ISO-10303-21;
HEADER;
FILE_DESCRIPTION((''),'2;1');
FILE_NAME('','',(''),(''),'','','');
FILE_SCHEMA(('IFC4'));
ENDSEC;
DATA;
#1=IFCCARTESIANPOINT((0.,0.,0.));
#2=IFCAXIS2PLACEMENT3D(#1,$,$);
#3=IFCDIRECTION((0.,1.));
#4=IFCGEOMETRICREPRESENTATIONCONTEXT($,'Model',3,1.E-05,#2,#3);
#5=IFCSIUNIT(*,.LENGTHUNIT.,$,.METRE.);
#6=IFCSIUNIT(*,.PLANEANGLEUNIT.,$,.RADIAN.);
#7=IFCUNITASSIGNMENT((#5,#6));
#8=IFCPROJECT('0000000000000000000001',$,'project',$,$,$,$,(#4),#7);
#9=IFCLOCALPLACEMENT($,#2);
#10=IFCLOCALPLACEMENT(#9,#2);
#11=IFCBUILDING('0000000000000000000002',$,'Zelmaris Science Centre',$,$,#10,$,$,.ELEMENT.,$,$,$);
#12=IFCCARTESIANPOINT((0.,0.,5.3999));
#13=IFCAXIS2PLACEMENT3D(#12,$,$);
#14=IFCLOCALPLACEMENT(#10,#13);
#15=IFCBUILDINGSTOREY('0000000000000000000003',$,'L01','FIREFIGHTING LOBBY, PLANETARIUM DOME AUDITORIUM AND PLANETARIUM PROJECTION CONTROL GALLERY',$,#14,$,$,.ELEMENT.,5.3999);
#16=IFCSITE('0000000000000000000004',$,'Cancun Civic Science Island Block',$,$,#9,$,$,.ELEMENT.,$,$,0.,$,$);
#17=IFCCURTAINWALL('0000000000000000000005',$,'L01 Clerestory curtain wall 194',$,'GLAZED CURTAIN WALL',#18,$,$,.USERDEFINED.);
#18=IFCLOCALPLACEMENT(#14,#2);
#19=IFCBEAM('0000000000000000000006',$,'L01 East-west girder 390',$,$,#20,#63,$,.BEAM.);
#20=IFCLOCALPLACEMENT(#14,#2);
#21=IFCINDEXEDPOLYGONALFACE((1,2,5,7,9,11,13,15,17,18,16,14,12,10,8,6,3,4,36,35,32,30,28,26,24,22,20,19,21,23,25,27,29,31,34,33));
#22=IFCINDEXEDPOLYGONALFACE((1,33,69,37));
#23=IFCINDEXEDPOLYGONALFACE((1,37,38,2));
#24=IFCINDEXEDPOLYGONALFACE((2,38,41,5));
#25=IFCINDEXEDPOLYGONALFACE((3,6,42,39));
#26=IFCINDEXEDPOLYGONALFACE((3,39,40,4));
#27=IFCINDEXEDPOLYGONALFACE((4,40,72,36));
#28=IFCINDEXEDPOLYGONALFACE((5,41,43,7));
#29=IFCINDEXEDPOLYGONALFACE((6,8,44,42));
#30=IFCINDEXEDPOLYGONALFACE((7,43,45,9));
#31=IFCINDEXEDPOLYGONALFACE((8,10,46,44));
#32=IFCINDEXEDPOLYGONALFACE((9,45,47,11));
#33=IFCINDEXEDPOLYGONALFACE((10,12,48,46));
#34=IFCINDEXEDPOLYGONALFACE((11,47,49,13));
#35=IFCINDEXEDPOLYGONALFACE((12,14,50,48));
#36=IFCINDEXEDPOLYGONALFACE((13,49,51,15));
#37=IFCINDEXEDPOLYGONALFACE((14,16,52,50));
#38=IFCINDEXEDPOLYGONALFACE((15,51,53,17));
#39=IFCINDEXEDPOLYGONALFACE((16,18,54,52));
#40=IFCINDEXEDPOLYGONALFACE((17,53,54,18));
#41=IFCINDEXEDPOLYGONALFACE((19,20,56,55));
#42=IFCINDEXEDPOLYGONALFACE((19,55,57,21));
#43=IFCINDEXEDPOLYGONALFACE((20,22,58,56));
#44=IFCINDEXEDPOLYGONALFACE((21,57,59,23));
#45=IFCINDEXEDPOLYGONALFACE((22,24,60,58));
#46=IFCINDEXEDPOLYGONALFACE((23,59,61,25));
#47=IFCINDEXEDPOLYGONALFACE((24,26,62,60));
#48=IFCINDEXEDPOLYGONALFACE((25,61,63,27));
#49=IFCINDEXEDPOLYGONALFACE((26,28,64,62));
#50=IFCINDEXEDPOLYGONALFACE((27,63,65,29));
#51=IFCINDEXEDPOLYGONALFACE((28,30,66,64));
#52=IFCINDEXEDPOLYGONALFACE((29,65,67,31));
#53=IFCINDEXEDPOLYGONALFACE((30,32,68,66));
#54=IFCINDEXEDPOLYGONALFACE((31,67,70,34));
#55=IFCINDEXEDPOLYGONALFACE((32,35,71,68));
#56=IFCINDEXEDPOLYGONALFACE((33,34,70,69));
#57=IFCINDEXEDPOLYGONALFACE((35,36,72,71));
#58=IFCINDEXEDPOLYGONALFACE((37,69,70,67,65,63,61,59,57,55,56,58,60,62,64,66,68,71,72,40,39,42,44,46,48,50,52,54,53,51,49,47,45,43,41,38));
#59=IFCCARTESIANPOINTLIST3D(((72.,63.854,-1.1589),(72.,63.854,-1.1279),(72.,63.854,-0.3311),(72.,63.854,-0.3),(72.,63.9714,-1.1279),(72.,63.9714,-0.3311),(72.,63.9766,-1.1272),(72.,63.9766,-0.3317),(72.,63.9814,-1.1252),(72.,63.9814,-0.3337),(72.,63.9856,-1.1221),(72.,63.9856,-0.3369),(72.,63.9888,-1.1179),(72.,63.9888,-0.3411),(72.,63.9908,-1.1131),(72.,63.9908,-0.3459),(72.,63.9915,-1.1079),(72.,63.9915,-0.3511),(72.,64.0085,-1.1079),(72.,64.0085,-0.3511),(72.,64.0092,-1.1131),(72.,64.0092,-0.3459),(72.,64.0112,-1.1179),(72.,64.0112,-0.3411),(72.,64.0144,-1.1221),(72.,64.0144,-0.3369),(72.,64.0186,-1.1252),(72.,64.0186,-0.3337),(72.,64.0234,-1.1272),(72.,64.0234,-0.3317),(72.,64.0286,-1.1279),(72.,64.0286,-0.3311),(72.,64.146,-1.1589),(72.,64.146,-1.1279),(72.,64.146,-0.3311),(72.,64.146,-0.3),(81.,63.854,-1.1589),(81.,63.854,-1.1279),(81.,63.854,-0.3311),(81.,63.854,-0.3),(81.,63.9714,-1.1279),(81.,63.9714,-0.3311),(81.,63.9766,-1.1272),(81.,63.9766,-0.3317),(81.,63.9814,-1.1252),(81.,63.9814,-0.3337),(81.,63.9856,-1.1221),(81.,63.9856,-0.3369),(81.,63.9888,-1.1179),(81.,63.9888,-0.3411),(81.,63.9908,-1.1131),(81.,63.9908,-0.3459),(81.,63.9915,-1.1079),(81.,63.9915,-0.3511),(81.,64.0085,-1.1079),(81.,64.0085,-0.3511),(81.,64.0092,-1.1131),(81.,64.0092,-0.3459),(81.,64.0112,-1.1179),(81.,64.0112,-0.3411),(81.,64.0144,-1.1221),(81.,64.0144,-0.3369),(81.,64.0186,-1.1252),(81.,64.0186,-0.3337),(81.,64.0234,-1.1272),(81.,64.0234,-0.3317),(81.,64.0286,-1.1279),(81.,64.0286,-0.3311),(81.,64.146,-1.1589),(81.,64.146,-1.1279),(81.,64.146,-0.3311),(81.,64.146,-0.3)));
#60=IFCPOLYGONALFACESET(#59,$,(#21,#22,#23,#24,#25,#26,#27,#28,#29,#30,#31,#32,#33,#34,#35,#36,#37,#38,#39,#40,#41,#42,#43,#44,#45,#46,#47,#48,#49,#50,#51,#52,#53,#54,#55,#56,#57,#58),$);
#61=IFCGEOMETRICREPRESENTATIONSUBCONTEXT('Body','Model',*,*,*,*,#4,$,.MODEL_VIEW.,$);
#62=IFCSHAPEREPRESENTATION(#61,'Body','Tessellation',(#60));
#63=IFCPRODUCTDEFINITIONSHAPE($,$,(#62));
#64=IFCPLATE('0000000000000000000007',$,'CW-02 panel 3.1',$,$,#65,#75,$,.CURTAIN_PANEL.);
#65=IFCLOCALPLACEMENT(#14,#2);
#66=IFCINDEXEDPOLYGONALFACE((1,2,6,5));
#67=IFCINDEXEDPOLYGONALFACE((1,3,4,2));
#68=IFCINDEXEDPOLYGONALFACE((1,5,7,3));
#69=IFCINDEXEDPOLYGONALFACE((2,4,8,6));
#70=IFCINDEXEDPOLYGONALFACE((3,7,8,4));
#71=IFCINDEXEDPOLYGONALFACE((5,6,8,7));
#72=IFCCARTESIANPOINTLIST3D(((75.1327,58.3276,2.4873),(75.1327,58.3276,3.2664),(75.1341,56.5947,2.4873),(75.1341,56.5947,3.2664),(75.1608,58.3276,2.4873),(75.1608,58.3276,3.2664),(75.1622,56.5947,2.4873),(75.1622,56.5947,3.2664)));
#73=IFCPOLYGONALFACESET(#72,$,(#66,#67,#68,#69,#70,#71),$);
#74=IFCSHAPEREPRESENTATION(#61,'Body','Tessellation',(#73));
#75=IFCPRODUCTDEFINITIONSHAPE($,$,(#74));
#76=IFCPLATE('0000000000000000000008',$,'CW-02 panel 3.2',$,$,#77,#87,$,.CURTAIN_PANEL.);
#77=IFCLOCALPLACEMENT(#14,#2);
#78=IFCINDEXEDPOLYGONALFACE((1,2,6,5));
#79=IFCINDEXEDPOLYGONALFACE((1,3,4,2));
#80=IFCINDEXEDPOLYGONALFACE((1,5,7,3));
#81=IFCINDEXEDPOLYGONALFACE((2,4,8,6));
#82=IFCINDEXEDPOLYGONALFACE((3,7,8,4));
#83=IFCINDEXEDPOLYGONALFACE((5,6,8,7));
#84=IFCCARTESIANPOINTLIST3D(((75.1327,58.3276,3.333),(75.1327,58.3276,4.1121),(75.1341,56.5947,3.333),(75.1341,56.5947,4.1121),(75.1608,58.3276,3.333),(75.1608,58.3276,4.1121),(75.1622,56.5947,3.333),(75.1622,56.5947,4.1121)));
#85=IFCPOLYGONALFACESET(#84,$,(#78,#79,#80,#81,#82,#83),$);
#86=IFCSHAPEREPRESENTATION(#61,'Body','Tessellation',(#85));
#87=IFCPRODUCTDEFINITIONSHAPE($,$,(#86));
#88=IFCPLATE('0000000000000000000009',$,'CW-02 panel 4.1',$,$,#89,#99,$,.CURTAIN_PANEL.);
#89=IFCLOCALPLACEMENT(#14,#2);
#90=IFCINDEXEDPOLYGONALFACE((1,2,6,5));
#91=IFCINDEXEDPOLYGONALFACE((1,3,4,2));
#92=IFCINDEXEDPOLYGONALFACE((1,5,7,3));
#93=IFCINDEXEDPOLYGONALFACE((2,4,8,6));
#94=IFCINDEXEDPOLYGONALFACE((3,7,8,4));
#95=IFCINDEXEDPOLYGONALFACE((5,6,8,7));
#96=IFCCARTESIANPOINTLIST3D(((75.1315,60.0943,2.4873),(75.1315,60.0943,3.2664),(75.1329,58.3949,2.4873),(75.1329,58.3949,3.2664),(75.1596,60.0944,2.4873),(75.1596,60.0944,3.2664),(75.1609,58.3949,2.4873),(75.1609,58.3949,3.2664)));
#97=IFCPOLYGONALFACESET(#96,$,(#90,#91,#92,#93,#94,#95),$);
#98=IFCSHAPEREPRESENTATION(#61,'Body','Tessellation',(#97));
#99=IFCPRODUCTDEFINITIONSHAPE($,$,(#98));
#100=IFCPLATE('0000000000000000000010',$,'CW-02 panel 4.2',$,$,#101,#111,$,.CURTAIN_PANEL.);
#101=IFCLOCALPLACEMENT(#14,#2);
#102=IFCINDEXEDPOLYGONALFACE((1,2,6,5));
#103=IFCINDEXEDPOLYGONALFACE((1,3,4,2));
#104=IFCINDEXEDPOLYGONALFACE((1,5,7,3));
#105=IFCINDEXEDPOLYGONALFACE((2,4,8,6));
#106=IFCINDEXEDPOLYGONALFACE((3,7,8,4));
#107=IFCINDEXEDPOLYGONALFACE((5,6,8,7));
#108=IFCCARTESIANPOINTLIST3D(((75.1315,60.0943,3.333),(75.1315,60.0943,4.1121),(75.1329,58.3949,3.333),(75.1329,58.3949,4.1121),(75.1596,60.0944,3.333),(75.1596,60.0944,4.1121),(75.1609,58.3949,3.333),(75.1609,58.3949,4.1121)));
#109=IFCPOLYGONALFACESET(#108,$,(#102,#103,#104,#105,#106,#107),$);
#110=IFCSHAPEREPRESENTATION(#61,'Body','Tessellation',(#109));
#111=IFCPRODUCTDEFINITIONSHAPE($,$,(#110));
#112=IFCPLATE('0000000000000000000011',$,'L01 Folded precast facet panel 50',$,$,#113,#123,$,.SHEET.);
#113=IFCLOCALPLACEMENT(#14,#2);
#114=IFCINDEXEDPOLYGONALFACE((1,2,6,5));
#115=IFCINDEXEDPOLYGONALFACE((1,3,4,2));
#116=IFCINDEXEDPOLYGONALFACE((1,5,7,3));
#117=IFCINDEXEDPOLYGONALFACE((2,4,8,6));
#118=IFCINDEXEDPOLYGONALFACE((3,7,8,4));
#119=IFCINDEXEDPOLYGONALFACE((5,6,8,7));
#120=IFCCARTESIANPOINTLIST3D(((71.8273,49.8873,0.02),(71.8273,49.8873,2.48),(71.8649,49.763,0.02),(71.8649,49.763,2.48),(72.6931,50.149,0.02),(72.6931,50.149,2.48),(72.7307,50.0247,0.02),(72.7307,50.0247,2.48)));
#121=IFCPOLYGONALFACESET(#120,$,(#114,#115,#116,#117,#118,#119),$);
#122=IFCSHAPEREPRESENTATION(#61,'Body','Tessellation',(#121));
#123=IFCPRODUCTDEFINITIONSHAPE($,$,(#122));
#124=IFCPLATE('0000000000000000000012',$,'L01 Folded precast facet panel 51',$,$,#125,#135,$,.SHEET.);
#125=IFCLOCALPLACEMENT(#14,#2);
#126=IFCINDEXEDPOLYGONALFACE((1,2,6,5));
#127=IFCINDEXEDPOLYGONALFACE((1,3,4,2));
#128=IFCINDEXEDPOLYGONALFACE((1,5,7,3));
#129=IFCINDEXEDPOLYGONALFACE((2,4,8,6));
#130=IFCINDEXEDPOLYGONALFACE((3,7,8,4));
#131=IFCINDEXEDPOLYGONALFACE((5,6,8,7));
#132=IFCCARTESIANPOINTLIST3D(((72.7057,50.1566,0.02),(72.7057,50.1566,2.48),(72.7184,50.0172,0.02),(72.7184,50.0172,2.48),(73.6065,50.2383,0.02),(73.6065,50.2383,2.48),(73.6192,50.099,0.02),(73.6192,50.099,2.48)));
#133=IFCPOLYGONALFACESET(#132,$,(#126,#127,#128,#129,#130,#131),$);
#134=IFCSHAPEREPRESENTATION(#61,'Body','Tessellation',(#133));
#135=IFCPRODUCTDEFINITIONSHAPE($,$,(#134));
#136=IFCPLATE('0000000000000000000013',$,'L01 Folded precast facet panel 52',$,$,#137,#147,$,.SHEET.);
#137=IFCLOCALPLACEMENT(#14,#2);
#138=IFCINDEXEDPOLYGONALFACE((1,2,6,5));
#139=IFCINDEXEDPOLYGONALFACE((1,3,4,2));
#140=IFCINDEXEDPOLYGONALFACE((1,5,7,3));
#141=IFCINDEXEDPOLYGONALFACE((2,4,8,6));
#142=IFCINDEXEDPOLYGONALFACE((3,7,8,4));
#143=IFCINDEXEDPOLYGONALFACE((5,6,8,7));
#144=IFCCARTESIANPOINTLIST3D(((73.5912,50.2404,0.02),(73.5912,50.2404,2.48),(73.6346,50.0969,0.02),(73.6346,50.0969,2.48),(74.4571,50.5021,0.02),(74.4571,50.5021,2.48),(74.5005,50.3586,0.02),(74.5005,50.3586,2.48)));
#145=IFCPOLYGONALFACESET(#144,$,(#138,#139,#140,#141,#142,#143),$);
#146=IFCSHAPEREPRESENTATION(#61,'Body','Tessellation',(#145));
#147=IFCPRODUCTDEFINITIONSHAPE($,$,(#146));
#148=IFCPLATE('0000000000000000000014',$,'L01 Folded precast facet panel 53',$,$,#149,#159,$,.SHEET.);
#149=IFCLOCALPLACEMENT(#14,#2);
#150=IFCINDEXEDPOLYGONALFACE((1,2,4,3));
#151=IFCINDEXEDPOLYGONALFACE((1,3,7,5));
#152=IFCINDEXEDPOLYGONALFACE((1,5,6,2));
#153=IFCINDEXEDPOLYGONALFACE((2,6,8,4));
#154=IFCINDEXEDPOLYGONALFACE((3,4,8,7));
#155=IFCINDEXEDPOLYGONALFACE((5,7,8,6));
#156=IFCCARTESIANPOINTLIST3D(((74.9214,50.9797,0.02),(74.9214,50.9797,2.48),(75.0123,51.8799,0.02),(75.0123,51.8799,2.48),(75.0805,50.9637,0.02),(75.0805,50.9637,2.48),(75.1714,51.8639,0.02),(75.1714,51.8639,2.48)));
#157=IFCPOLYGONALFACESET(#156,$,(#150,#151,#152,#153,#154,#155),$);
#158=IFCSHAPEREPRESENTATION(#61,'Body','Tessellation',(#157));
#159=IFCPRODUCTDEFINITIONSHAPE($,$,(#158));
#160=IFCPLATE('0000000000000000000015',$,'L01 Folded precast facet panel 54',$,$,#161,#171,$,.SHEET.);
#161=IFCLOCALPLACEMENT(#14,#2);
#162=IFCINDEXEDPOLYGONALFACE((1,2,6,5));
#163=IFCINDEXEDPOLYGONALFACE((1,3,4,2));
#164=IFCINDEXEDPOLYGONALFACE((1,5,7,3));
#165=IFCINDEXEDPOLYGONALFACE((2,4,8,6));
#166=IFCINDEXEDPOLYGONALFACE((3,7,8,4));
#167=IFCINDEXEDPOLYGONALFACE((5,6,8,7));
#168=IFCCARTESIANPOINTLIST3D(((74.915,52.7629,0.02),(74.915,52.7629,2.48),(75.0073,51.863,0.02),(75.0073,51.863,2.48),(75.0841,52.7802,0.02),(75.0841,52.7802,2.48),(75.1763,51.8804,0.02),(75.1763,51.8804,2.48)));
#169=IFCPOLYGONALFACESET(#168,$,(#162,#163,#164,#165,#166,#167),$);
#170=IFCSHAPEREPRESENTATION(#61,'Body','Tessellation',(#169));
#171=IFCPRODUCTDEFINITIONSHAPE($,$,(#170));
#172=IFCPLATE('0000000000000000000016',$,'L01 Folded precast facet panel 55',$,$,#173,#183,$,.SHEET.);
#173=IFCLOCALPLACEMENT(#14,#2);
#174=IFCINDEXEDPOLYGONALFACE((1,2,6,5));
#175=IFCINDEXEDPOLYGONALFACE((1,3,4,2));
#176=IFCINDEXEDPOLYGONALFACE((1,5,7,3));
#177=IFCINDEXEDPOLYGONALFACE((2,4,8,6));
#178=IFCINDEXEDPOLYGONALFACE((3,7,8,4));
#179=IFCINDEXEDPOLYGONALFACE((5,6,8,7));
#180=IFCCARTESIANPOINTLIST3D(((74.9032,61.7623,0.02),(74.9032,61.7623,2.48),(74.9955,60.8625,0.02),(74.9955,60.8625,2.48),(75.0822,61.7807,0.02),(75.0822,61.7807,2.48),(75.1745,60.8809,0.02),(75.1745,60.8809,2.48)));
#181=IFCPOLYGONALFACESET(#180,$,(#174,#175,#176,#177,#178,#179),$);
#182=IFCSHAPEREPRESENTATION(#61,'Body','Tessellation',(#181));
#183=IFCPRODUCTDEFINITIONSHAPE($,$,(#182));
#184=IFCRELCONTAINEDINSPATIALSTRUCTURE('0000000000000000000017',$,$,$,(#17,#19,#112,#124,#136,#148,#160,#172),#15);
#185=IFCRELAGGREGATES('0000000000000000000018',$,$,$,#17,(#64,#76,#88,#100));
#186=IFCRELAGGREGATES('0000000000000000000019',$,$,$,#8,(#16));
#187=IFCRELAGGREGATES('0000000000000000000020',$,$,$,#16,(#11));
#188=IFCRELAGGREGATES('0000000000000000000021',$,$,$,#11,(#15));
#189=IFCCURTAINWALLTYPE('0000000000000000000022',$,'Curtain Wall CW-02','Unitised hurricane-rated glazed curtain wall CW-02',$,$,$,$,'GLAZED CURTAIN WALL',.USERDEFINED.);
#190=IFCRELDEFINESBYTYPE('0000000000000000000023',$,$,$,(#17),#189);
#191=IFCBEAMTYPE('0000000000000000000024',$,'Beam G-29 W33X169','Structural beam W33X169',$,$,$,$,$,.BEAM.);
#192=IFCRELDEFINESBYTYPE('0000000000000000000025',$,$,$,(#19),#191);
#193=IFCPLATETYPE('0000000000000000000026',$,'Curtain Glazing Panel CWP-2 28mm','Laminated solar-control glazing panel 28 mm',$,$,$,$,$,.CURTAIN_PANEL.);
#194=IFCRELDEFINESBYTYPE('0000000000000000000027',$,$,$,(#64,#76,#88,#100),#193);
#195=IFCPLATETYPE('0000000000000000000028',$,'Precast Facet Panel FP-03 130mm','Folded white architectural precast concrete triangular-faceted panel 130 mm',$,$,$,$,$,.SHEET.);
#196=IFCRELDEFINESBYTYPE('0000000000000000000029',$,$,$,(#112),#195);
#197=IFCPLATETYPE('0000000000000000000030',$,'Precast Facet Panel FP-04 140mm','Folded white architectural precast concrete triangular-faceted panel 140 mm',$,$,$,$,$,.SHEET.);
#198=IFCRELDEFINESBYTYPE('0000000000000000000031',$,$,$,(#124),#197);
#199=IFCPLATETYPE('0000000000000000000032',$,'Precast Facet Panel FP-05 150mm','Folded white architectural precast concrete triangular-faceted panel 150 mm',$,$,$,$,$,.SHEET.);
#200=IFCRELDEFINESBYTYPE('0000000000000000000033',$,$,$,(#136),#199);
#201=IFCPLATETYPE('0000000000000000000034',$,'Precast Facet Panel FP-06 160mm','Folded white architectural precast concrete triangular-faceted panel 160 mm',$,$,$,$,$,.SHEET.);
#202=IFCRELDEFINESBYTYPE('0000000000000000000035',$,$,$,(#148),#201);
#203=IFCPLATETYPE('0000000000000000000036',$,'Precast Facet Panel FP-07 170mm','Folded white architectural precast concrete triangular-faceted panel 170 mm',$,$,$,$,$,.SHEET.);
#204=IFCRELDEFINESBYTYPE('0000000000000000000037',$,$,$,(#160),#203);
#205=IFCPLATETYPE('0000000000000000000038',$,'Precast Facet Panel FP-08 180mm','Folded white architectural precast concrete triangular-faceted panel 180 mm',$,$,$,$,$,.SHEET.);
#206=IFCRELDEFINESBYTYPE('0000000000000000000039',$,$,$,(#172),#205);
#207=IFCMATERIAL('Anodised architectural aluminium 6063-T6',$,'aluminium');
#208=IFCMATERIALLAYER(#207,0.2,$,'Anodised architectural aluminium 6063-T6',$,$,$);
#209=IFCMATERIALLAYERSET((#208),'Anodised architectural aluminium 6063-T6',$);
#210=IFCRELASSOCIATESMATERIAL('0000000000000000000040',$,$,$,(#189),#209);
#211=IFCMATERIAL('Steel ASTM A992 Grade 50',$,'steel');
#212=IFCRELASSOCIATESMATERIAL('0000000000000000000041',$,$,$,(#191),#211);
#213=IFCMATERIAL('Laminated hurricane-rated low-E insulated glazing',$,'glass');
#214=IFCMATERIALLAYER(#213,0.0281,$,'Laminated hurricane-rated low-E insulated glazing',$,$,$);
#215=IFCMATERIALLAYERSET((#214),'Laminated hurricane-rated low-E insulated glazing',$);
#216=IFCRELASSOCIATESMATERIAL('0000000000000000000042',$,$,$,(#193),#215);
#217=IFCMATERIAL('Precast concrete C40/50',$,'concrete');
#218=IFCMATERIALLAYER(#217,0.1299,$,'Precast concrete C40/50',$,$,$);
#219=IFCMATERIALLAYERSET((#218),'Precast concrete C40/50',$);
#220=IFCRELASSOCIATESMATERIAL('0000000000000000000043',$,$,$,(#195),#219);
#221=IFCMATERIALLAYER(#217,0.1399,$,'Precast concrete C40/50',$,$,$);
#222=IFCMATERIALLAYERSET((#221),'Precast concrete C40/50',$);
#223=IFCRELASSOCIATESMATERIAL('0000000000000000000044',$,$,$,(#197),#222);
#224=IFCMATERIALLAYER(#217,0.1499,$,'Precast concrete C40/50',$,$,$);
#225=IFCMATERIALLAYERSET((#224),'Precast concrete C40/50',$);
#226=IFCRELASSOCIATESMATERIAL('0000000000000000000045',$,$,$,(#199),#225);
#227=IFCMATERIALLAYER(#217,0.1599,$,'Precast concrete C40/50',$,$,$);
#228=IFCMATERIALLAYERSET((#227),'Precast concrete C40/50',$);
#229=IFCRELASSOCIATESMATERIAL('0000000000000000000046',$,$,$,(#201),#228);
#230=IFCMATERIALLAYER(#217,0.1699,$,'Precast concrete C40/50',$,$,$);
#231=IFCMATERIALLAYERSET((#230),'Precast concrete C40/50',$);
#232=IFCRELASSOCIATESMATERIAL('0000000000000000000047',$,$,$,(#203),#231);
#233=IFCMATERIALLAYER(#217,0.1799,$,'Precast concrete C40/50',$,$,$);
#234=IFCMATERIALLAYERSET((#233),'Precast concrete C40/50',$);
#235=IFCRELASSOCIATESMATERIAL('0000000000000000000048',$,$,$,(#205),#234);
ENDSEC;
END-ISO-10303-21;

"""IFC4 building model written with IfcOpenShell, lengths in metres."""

from ifc_helpers import new_model, si_unit, direction, frame, frame_2d, origin, origin_2d, place, context, subcontext, project, spatial, rectangle, i_section, extrude, material, layer, layer_set, material_profile, profile_set, type_object, element, aggregate, save


model = new_model("IFC4")

# Units and contexts
model_context = context("Model", 3, precision=1e-05, world=origin(), true_north=direction((0.0, 1.0)))
body_context = subcontext(model_context, "Body", "Model", "MODEL_VIEW")
ifc_project = project(units=[si_unit("LENGTHUNIT", "METRE"), si_unit("PLANEANGLEUNIT", "RADIAN")], contexts=[model_context])

# Site, building, storey
site_placement = place(None, origin())
site = spatial("IfcSite", under=ifc_project, at=site_placement, Name="Cancun Civic Science Island Block", CompositionType="ELEMENT", RefElevation=0.0)
building_placement = place(site_placement, origin())
building = spatial("IfcBuilding", under=site, at=building_placement, Name="Zelmaris Science Centre", CompositionType="ELEMENT")
storey_placement = place(building_placement, frame((0.0, 0.0, 5.3999)))
storey = spatial("IfcBuildingStorey", under=building, at=storey_placement, Name="L01", Description="FIREFIGHTING LOBBY, PLANETARIUM DOME AUDITORIUM AND PLANETARIUM PROJECTION CONTROL GALLERY", CompositionType="ELEMENT", Elevation=5.3999)

# Shared definitions
ifc_material_1 = material(Name="Steel ASTM A992 Grade 50", Category="steel")

# Curtain wall
ifc_material_2 = material(Name="Anodised architectural aluminium 6063-T6", Category="aluminium")
ifc_layer_1 = layer(ifc_material_2, 0.2, Name="Anodised architectural aluminium 6063-T6")
ifc_layer_set_1 = layer_set([ifc_layer_1], Name="Anodised architectural aluminium 6063-T6")
curtain_wall_type = type_object("IfcCurtainWallType", Name="Curtain Wall CW-02", Description="Unitised hurricane-rated glazed curtain wall CW-02", ElementType="GLAZED CURTAIN WALL", PredefinedType="USERDEFINED", material=ifc_layer_set_1)
curtain_wall_placement = place(storey_placement, origin())
curtain_wall = element("IfcCurtainWall", 1, at=curtain_wall_placement, inside=storey, type_object=curtain_wall_type, Name="L01 Clerestory curtain wall 194", ObjectType="GLAZED CURTAIN WALL", PredefinedType="USERDEFINED")

# Beam
ifc_material_profile_1 = material_profile(ifc_material_1, i_section(OverallWidth=0.292, OverallDepth=0.8589, WebThickness=0.0171, FlangeThickness=0.031, FilletRadius=0.02, at=origin_2d()), Name="W33X169")
ifc_profile_set_1 = profile_set([ifc_material_profile_1], Name="Steel ASTM A992 Grade 50")
beam_type_1 = type_object("IfcBeamType", Name="Beam G-29 W33X169", Description="Structural beam W33X169", PredefinedType="BEAM", material=ifc_profile_set_1)
beam_1_placement = place(storey_placement, frame((72.0, 64.0, -0.7295), z_axis=(1.0, 0.0, 0.0), x_axis=(0.0, 1.0, 0.0)))
element("IfcBeam", 2, at=beam_1_placement, inside=storey, type_object=beam_type_1, Name="L01 East-west girder 390", PredefinedType="BEAM", context=body_context, shape_type="SweptSolid", body=[
    extrude(i_section(OverallWidth=0.292, OverallDepth=0.8589, WebThickness=0.0171, FlangeThickness=0.031, FilletRadius=0.02, at=origin_2d()), origin(), (0.0, 0.0, 1.0), 9.0),
])

# Plates
ifc_material_3 = material(Name="Laminated hurricane-rated low-E insulated glazing", Category="glass")
ifc_layer_2 = layer(ifc_material_3, 0.0281, Name="Laminated hurricane-rated low-E insulated glazing")
ifc_layer_set_2 = layer_set([ifc_layer_2], Name="Laminated hurricane-rated low-E insulated glazing")
plate_type_1 = type_object("IfcPlateType", Name="Curtain Glazing Panel CWP-2 28mm", Description="Laminated solar-control glazing panel 28 mm", PredefinedType="CURTAIN_PANEL", material=ifc_layer_set_2)
plate_1_placement = place(storey_placement, frame((75.1475, 57.4612, 2.4873), z_axis=(0.0, 0.0, 1.0), x_axis=(-0.000778, 1.0, 0.0)))
plate_1 = element("IfcPlate", 3, at=plate_1_placement, type_object=plate_type_1, Name="CW-02 panel 3.1", PredefinedType="CURTAIN_PANEL", context=body_context, shape_type="SweptSolid", body=[
    extrude(rectangle(XDim=1.7329, YDim=0.0281, at=origin_2d()), origin(), (0.0, 0.0, 1.0), 0.7791),
])
plate_2_placement = place(storey_placement, frame((75.1475, 57.4612, 3.333), z_axis=(0.0, 0.0, 1.0), x_axis=(-0.000778, 1.0, 0.0)))
plate_2 = element("IfcPlate", 4, at=plate_2_placement, type_object=plate_type_1, Name="CW-02 panel 3.2", PredefinedType="CURTAIN_PANEL", context=body_context, shape_type="SweptSolid", body=[
    extrude(rectangle(XDim=1.7329, YDim=0.0281, at=origin_2d()), origin(), (0.0, 0.0, 1.0), 0.7791),
])
plate_3_placement = place(storey_placement, frame((75.1462, 59.2446, 2.4873), z_axis=(0.0, 0.0, 1.0), x_axis=(-0.000778, 1.0, 0.0)))
plate_3 = element("IfcPlate", 5, at=plate_3_placement, type_object=plate_type_1, Name="CW-02 panel 4.1", PredefinedType="CURTAIN_PANEL", context=body_context, shape_type="SweptSolid", body=[
    extrude(rectangle(XDim=1.6995, YDim=0.0281, at=origin_2d()), origin(), (0.0, 0.0, 1.0), 0.7791),
])
plate_4_placement = place(storey_placement, frame((75.1462, 59.2446, 3.333), z_axis=(0.0, 0.0, 1.0), x_axis=(-0.000778, 1.0, 0.0)))
plate_4 = element("IfcPlate", 6, at=plate_4_placement, type_object=plate_type_1, Name="CW-02 panel 4.2", PredefinedType="CURTAIN_PANEL", context=body_context, shape_type="SweptSolid", body=[
    extrude(rectangle(XDim=1.6995, YDim=0.0281, at=origin_2d()), origin(), (0.0, 0.0, 1.0), 0.7791),
])
aggregate(curtain_wall, [plate_1, plate_2, plate_3, plate_4])

# Plates
ifc_material_4 = material(Name="Precast concrete C40/50", Category="concrete")
ifc_layer_3 = layer(ifc_material_4, 0.1299, Name="Precast concrete C40/50")
ifc_layer_set_3 = layer_set([ifc_layer_3], Name="Precast concrete C40/50")
plate_type_2 = type_object("IfcPlateType", Name="Precast Facet Panel FP-03 130mm", Description="Folded white architectural precast concrete triangular-faceted panel 130 mm", PredefinedType="SHEET", material=ifc_layer_set_3)
plate_5_placement = place(storey_placement, frame((71.8462, 49.8252, 0.02), z_axis=(0.0, 0.0, 1.0), x_axis=(0.957238, 0.289303, 0.0)))
element("IfcPlate", 7, at=plate_5_placement, inside=storey, type_object=plate_type_2, Name="L01 Folded precast facet panel 50", PredefinedType="SHEET", context=body_context, shape_type="SweptSolid", body=[
    extrude(rectangle(XDim=0.9045, YDim=0.1299, at=frame_2d((0.4521, 0.0))), origin(), (0.0, 0.0, 1.0), 2.46),
])
ifc_layer_4 = layer(ifc_material_4, 0.1399, Name="Precast concrete C40/50")
ifc_layer_set_4 = layer_set([ifc_layer_4], Name="Precast concrete C40/50")
plate_type_3 = type_object("IfcPlateType", Name="Precast Facet Panel FP-04 140mm", Description="Folded white architectural precast concrete triangular-faceted panel 140 mm", PredefinedType="SHEET", material=ifc_layer_set_4)
plate_6_placement = place(storey_placement, frame((72.7122, 50.0869, 0.02), z_axis=(0.0, 0.0, 1.0), x_axis=(0.995904, 0.090414, 0.0)))
element("IfcPlate", 8, at=plate_6_placement, inside=storey, type_object=plate_type_3, Name="L01 Folded precast facet panel 51", PredefinedType="SHEET", context=body_context, shape_type="SweptSolid", body=[
    extrude(rectangle(XDim=0.9045, YDim=0.1399, at=frame_2d((0.4521, 0.0))), origin(), (0.0, 0.0, 1.0), 2.46),
])
ifc_layer_5 = layer(ifc_material_4, 0.1499, Name="Precast concrete C40/50")
ifc_layer_set_5 = layer_set([ifc_layer_5], Name="Precast concrete C40/50")
plate_type_4 = type_object("IfcPlateType", Name="Precast Facet Panel FP-05 150mm", Description="Folded white architectural precast concrete triangular-faceted panel 150 mm", PredefinedType="SHEET", material=ifc_layer_set_5)
plate_7_placement = place(storey_placement, frame((73.613, 50.1687, 0.02), z_axis=(0.0, 0.0, 1.0), x_axis=(0.957238, 0.289303, 0.0)))
element("IfcPlate", 9, at=plate_7_placement, inside=storey, type_object=plate_type_4, Name="L01 Folded precast facet panel 52", PredefinedType="SHEET", context=body_context, shape_type="SweptSolid", body=[
    extrude(rectangle(XDim=0.9045, YDim=0.1499, at=frame_2d((0.4521, 0.0))), origin(), (0.0, 0.0, 1.0), 2.46),
])
ifc_layer_6 = layer(ifc_material_4, 0.1599, Name="Precast concrete C40/50")
ifc_layer_set_6 = layer_set([ifc_layer_6], Name="Precast concrete C40/50")
plate_type_5 = type_object("IfcPlateType", Name="Precast Facet Panel FP-06 160mm", Description="Folded white architectural precast concrete triangular-faceted panel 160 mm", PredefinedType="SHEET", material=ifc_layer_set_6)
plate_8_placement = place(storey_placement, frame((75.001, 50.9717, 0.02), z_axis=(0.0, 0.0, 1.0), x_axis=(0.100385, 0.994949, 0.0)))
element("IfcPlate", 10, at=plate_8_placement, inside=storey, type_object=plate_type_5, Name="L01 Folded precast facet panel 53", PredefinedType="SHEET", context=body_context, shape_type="SweptSolid", body=[
    extrude(rectangle(XDim=0.9048, YDim=0.1599, at=frame_2d((0.4524, 0.0))), origin(), (0.0, 0.0, 1.0), 2.46),
])
ifc_layer_7 = layer(ifc_material_4, 0.1699, Name="Precast concrete C40/50")
ifc_layer_set_7 = layer_set([ifc_layer_7], Name="Precast concrete C40/50")
plate_type_6 = type_object("IfcPlateType", Name="Precast Facet Panel FP-07 170mm", Description="Folded white architectural precast concrete triangular-faceted panel 170 mm", PredefinedType="SHEET", material=ifc_layer_set_7)
plate_9_placement = place(storey_placement, frame((75.0918, 51.8718, 0.02), z_axis=(0.0, 0.0, 1.0), x_axis=(-0.102015, 0.994783, 0.0)))
element("IfcPlate", 11, at=plate_9_placement, inside=storey, type_object=plate_type_6, Name="L01 Folded precast facet panel 54", PredefinedType="SHEET", context=body_context, shape_type="SweptSolid", body=[
    extrude(rectangle(XDim=0.9045, YDim=0.1699, at=frame_2d((0.4521, 0.0))), origin(), (0.0, 0.0, 1.0), 2.46),
])
ifc_layer_8 = layer(ifc_material_4, 0.1799, Name="Precast concrete C40/50")
ifc_layer_set_8 = layer_set([ifc_layer_8], Name="Precast concrete C40/50")
plate_type_7 = type_object("IfcPlateType", Name="Precast Facet Panel FP-08 180mm", Description="Folded white architectural precast concrete triangular-faceted panel 180 mm", PredefinedType="SHEET", material=ifc_layer_set_8)
plate_10_placement = place(storey_placement, frame((75.085, 60.8718, 0.02), z_axis=(0.0, 0.0, 1.0), x_axis=(-0.102015, 0.994783, 0.0)))
element("IfcPlate", 12, at=plate_10_placement, inside=storey, type_object=plate_type_7, Name="L01 Folded precast facet panel 55", PredefinedType="SHEET", context=body_context, shape_type="SweptSolid", body=[
    extrude(rectangle(XDim=0.9045, YDim=0.1799, at=frame_2d((0.4521, 0.0))), origin(), (0.0, 0.0, 1.0), 2.46),
])

save(model, "model.ifc")
